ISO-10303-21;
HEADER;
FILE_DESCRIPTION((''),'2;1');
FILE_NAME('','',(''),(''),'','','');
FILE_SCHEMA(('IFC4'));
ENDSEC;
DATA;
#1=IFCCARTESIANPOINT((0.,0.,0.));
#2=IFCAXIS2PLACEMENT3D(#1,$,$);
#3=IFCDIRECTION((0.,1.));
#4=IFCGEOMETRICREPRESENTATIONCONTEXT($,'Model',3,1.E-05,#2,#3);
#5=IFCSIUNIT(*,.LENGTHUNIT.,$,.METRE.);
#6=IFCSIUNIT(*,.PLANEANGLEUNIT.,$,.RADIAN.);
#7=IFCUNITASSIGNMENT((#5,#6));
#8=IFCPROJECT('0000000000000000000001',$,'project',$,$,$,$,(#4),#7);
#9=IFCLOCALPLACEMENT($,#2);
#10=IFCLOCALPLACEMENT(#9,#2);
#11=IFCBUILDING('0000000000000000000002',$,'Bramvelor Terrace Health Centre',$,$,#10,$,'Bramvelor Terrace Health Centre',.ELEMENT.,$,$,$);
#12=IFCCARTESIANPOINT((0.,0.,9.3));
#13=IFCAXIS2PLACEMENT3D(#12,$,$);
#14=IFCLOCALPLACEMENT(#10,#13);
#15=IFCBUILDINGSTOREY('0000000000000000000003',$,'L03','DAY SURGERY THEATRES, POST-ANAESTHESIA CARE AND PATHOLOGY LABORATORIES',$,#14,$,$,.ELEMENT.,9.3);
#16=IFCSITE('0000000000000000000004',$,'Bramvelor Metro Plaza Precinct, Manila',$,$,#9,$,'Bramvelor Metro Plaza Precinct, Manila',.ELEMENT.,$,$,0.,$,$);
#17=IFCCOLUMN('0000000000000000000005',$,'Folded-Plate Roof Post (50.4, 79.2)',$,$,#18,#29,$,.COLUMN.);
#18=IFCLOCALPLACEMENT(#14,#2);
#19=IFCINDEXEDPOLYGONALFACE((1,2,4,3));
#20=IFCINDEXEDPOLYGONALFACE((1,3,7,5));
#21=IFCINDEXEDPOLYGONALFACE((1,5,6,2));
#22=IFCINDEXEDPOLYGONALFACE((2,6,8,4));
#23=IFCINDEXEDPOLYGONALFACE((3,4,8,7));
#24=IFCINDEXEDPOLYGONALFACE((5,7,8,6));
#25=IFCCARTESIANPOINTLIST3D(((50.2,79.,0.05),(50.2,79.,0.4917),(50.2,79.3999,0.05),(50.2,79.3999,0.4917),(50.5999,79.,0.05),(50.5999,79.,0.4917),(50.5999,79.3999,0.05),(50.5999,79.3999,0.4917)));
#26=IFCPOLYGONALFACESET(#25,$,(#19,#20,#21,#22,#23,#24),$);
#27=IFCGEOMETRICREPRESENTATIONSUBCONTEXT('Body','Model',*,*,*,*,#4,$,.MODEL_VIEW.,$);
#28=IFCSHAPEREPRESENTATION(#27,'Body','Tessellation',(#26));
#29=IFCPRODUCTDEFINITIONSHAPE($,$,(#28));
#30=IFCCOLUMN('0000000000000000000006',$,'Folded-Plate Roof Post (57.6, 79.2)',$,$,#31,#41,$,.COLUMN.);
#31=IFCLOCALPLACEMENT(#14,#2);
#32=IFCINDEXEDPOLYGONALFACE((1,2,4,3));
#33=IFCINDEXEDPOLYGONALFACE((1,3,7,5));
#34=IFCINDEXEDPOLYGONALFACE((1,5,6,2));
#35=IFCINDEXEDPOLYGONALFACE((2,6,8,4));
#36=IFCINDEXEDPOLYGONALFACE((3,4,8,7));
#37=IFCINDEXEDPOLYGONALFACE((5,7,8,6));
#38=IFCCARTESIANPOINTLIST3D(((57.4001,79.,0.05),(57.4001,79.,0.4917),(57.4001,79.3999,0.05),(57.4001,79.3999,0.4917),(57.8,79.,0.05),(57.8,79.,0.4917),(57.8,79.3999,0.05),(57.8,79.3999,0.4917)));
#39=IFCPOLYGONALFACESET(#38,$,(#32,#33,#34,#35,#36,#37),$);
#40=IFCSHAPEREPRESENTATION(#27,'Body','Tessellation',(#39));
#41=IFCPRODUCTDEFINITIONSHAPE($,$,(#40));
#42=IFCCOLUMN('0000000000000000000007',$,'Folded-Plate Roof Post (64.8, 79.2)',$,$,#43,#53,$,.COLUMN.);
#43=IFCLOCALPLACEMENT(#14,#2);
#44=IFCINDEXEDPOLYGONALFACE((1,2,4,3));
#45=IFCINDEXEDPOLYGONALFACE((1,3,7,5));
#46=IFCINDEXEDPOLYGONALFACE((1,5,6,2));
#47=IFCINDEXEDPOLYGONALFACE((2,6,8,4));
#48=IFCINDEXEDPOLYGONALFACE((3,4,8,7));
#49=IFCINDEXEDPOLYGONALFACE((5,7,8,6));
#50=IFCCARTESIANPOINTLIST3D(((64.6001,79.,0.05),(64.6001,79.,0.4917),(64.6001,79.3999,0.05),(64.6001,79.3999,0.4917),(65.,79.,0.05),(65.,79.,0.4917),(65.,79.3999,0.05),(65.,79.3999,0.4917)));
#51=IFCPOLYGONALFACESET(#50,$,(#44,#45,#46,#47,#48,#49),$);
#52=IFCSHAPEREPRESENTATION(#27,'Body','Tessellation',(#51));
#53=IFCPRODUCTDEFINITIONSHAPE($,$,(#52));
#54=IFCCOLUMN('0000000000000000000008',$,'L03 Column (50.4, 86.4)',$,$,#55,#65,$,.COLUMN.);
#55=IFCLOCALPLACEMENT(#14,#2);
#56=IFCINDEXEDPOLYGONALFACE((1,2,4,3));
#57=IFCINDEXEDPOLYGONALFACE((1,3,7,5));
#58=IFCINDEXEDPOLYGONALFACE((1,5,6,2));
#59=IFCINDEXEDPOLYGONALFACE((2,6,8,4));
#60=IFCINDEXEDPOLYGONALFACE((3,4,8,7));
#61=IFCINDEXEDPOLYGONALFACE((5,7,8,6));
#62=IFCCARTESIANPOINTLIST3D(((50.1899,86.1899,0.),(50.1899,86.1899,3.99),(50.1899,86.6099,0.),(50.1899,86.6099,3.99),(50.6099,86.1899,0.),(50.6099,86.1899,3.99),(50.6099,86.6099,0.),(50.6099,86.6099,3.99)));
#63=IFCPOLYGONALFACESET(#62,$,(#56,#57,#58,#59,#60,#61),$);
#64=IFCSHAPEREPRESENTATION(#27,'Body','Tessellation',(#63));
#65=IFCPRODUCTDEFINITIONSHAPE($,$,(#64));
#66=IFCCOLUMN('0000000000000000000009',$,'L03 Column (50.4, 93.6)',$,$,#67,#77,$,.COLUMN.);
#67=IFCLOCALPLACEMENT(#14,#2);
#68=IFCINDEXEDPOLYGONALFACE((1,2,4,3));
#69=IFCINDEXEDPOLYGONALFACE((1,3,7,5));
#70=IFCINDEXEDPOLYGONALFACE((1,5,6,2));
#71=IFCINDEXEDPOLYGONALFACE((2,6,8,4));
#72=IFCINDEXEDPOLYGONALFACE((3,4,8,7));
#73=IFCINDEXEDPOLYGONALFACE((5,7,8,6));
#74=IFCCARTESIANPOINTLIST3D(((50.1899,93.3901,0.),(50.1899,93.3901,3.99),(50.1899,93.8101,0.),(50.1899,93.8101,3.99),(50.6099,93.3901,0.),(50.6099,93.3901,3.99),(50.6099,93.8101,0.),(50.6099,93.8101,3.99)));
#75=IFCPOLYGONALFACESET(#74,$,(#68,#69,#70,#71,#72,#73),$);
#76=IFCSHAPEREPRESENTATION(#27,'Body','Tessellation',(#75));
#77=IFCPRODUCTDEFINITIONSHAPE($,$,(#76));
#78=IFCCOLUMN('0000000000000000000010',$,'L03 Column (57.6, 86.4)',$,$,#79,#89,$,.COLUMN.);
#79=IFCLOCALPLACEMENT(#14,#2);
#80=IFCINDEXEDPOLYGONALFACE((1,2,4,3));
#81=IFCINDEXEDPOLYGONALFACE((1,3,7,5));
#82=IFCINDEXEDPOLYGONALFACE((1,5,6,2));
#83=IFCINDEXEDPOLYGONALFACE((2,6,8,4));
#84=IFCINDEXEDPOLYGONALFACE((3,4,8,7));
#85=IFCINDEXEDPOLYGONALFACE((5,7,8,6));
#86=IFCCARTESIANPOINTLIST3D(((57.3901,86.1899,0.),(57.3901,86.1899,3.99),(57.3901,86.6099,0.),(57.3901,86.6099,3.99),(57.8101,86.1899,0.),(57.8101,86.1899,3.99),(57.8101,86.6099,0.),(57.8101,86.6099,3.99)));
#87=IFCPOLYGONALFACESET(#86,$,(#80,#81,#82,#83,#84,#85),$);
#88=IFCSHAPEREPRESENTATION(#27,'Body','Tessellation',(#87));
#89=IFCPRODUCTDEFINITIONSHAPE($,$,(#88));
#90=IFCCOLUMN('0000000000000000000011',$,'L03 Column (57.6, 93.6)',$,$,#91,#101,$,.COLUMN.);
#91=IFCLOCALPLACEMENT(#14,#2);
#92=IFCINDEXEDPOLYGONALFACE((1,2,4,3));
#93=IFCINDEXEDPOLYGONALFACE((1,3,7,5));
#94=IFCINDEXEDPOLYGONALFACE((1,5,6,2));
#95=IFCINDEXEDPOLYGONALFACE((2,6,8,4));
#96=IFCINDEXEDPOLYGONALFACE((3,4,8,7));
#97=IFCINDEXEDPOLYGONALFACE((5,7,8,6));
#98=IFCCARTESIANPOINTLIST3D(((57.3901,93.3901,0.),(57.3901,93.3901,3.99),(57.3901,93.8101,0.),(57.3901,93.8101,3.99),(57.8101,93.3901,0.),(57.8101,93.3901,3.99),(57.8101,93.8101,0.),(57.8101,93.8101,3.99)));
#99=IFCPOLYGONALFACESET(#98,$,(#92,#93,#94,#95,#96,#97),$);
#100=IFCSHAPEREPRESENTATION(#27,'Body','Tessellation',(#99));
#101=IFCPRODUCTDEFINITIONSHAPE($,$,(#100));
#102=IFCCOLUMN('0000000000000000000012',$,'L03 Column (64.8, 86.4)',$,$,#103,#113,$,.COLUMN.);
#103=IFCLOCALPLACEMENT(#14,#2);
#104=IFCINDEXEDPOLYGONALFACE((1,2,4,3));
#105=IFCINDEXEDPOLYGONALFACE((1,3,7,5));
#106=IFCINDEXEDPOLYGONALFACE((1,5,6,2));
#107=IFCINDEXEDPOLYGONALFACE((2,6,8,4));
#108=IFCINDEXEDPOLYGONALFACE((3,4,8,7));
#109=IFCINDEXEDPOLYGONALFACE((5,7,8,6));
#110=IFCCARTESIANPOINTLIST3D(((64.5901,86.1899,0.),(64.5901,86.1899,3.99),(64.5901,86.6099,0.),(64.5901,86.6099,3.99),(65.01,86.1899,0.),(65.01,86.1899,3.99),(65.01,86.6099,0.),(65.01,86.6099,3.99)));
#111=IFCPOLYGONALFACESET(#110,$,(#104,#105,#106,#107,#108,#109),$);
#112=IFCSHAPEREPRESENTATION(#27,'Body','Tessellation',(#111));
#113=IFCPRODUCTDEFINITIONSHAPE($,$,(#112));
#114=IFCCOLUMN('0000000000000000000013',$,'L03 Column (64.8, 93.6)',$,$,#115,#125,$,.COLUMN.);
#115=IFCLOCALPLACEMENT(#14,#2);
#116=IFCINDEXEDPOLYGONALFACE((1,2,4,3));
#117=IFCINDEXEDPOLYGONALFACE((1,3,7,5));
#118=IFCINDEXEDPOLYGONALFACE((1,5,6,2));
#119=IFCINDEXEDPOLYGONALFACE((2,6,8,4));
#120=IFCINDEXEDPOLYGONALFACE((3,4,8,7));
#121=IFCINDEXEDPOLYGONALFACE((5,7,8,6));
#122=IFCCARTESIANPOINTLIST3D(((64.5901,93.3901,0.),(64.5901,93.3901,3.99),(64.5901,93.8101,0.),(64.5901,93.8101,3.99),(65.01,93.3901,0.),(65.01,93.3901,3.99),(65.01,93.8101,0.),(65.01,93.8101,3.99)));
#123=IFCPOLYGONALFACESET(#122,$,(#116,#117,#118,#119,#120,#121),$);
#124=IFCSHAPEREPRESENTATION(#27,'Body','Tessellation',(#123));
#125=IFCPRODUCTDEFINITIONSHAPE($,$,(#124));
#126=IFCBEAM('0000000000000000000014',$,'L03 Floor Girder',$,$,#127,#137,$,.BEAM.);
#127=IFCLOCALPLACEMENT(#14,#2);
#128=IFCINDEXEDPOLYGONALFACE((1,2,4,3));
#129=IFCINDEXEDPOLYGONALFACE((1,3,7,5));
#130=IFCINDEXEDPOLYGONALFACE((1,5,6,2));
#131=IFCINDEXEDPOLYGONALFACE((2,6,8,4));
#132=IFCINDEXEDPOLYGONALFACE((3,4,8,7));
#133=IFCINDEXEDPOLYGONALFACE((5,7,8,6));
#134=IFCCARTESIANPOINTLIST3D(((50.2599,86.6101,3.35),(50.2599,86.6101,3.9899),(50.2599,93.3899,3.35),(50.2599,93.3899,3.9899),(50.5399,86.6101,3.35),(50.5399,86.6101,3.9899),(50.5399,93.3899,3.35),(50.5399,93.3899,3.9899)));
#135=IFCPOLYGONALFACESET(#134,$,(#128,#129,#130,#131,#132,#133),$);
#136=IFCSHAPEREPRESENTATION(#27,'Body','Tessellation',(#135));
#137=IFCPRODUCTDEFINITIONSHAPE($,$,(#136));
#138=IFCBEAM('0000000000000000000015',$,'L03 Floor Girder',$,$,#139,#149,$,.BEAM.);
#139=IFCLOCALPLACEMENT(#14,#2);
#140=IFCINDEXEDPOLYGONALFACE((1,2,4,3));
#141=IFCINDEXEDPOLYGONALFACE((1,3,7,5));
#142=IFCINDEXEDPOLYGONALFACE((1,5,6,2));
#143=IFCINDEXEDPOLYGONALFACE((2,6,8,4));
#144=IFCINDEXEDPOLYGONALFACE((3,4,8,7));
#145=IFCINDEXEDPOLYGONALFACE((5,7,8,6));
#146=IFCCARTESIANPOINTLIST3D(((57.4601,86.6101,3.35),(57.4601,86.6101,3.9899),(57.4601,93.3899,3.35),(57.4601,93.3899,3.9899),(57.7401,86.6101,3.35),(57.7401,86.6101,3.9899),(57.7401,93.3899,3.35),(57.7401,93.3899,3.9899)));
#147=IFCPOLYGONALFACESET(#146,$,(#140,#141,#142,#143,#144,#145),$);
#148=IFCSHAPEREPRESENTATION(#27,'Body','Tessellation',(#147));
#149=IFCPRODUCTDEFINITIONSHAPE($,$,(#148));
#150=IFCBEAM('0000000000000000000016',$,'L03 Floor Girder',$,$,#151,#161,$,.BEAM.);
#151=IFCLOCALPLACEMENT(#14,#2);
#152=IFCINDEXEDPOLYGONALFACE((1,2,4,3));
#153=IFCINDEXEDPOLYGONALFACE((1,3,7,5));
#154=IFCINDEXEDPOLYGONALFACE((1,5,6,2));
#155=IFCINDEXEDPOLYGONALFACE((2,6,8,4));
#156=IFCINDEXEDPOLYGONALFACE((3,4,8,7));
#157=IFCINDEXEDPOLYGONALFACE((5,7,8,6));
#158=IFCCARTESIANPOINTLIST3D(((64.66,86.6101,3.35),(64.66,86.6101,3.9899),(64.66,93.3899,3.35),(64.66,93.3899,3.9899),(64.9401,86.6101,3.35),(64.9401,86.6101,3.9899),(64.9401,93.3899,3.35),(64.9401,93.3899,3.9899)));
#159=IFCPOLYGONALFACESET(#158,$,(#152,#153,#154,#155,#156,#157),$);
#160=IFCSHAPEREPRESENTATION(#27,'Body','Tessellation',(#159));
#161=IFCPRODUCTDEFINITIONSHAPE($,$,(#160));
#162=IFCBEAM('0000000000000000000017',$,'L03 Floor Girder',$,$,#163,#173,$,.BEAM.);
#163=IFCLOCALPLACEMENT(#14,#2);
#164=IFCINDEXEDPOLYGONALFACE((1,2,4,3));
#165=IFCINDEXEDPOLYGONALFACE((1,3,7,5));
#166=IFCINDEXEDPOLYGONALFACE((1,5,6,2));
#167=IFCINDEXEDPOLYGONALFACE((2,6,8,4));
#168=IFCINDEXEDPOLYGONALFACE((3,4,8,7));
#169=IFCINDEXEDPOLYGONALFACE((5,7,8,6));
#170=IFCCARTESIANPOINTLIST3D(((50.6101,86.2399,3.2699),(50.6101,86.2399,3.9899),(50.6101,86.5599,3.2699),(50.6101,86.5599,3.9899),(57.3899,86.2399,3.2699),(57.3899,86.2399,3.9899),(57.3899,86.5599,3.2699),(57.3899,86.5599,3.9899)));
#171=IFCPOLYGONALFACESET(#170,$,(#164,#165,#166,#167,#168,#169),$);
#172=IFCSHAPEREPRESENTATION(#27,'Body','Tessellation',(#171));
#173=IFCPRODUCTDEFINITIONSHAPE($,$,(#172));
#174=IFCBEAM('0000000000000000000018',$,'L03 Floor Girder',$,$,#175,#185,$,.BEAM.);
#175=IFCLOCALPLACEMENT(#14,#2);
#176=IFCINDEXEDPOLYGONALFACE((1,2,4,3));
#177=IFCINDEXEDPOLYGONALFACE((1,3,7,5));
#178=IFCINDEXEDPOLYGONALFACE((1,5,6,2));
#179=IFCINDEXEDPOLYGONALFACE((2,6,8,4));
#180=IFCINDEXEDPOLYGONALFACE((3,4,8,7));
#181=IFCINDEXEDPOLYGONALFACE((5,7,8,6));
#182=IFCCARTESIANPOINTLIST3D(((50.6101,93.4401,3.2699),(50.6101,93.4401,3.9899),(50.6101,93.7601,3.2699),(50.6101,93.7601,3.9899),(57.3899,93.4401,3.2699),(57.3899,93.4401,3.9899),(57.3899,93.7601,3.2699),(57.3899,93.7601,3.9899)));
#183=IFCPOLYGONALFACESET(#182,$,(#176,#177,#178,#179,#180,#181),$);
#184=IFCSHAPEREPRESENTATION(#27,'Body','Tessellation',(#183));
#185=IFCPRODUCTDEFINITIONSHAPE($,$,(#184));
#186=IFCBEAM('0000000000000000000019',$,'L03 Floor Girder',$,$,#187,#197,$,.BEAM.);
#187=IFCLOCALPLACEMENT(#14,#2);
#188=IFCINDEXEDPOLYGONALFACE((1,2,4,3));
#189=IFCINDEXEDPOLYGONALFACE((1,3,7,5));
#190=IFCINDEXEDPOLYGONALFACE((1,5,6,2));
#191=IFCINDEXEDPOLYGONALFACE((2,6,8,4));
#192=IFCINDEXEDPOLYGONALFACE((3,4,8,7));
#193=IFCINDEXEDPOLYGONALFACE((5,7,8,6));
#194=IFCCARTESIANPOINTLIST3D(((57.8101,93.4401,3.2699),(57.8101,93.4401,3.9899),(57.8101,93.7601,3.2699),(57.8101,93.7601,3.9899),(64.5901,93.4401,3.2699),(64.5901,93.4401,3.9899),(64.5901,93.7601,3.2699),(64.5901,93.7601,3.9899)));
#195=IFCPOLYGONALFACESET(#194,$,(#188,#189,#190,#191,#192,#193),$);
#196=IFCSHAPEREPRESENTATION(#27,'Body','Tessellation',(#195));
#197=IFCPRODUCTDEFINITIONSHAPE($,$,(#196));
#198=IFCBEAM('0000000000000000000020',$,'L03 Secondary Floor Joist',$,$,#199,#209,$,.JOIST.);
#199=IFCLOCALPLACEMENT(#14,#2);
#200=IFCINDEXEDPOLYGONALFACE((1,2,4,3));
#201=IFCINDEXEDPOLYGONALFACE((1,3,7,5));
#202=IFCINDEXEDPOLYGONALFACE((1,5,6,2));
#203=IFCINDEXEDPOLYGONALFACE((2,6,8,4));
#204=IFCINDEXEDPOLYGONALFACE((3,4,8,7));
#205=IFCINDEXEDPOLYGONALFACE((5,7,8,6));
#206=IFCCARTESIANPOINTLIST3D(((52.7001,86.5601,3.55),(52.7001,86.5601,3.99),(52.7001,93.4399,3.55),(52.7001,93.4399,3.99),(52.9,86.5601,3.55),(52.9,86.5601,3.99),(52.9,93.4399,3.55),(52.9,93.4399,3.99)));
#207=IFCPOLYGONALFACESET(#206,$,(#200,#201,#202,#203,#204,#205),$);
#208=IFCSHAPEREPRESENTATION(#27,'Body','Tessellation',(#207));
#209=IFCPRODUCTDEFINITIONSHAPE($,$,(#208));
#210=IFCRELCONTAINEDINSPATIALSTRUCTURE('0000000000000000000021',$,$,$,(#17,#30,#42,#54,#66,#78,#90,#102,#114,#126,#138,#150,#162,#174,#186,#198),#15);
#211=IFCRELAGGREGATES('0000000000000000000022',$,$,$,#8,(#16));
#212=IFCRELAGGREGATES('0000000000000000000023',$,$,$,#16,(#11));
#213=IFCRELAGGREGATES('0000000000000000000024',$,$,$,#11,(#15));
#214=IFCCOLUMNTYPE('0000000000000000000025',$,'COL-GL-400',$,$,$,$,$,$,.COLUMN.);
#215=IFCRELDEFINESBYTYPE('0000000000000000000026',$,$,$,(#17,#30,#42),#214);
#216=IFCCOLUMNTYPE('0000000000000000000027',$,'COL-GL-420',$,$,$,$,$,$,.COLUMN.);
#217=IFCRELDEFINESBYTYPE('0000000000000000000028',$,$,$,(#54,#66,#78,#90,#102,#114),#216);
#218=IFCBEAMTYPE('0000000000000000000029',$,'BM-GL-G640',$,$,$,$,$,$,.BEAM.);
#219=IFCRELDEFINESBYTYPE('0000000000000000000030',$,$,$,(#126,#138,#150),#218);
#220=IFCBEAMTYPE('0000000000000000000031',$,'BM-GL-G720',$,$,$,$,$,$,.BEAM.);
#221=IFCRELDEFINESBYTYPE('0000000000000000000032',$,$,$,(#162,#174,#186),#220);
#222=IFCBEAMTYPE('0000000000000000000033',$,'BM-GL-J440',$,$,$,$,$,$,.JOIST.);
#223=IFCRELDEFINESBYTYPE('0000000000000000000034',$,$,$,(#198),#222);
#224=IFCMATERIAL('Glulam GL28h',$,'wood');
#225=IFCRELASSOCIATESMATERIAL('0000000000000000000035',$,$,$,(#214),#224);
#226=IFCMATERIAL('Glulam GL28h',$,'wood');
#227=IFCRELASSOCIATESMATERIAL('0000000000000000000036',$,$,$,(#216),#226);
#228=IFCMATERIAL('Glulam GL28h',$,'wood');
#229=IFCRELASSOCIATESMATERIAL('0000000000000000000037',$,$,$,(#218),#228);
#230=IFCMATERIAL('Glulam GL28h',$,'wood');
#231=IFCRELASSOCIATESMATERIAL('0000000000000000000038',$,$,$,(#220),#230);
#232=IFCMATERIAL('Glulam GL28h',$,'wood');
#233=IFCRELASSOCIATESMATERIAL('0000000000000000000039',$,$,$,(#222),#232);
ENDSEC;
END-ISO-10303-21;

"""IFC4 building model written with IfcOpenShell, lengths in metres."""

from ifc_helpers import new_model, si_unit, direction, frame, origin, origin_2d, place, context, subcontext, project, spatial, rectangle, extrude, material, material_profile, profile_set, type_object, element, save


model = new_model("IFC4")

# Units and contexts
model_context = context("Model", 3, precision=1e-05, world=origin(), true_north=direction((0.0, 1.0)))
body_context = subcontext(model_context, "Body", "Model", "MODEL_VIEW")
ifc_project = project(units=[si_unit("LENGTHUNIT", "METRE"), si_unit("PLANEANGLEUNIT", "RADIAN")], contexts=[model_context])

# Site, building, storey
site_placement = place(None, origin())
site = spatial("IfcSite", under=ifc_project, at=site_placement, Name="Bramvelor Metro Plaza Precinct, Manila", LongName="Bramvelor Metro Plaza Precinct, Manila", CompositionType="ELEMENT", RefElevation=0.0)
building_placement = place(site_placement, origin())
building = spatial("IfcBuilding", under=site, at=building_placement, Name="Bramvelor Terrace Health Centre", LongName="Bramvelor Terrace Health Centre", CompositionType="ELEMENT")
storey_placement = place(building_placement, frame((0.0, 0.0, 9.3)))
storey = spatial("IfcBuildingStorey", under=building, at=storey_placement, Name="L03", Description="DAY SURGERY THEATRES, POST-ANAESTHESIA CARE AND PATHOLOGY LABORATORIES", CompositionType="ELEMENT", Elevation=9.3)

# Columns
ifc_material_1 = material(Name="Glulam GL28h", Category="wood")
ifc_material_profile_1 = material_profile(ifc_material_1, rectangle(XDim=0.3999, YDim=0.3999, at=origin_2d()), Name="GL 400x400")
ifc_profile_set_1 = profile_set([ifc_material_profile_1], Name="Glulam GL28h")
column_type_1 = type_object("IfcColumnType", Name="COL-GL-400", PredefinedType="COLUMN", material=ifc_profile_set_1)
for number, where, z_axis, x_axis, name in (
    (1, (50.3999, 79.2, 0.05), (0.0, 0.0, 1.0), (1.0, 0.0, 0.0), "Folded-Plate Roof Post (50.4, 79.2)"),
    (2, (57.6001, 79.2, 0.05), (0.0, 0.0, 1.0), (1.0, 0.0, 0.0), "Folded-Plate Roof Post (57.6, 79.2)"),
    (3, (64.8, 79.2, 0.05), (0.0, 0.0, 1.0), (1.0, 0.0, 0.0), "Folded-Plate Roof Post (64.8, 79.2)"),
):
    element("IfcColumn", number, at=place(storey_placement, frame(where, z_axis=z_axis, x_axis=x_axis)), inside=storey, type_object=column_type_1, Name=name, PredefinedType="COLUMN", context=body_context, shape_type="SweptSolid", body=[
        extrude(rectangle(XDim=0.3999, YDim=0.3999, at=origin_2d()), origin(), (0.0, 0.0, 1.0), 0.4417),
    ])
ifc_material_2 = material(Name="Glulam GL28h", Category="wood")
ifc_material_profile_2 = material_profile(ifc_material_2, rectangle(XDim=0.4199, YDim=0.4199, at=origin_2d()), Name="GL 420x420")
ifc_profile_set_2 = profile_set([ifc_material_profile_2], Name="Glulam GL28h")
column_type_2 = type_object("IfcColumnType", Name="COL-GL-420", PredefinedType="COLUMN", material=ifc_profile_set_2)
for number, where, z_axis, x_axis, name in (
    (4, (50.3999, 86.3999, 0.0), (0.0, 0.0, 1.0), (1.0, 0.0, 0.0), "L03 Column (50.4, 86.4)"),
    (5, (50.3999, 93.6001, 0.0), (0.0, 0.0, 1.0), (1.0, 0.0, 0.0), "L03 Column (50.4, 93.6)"),
    (6, (57.6001, 86.3999, 0.0), (0.0, 0.0, 1.0), (1.0, 0.0, 0.0), "L03 Column (57.6, 86.4)"),
    (7, (57.6001, 93.6001, 0.0), (0.0, 0.0, 1.0), (1.0, 0.0, 0.0), "L03 Column (57.6, 93.6)"),
    (8, (64.8, 86.3999, 0.0), (0.0, 0.0, 1.0), (1.0, 0.0, 0.0), "L03 Column (64.8, 86.4)"),
    (9, (64.8, 93.6001, 0.0), (0.0, 0.0, 1.0), (1.0, 0.0, 0.0), "L03 Column (64.8, 93.6)"),
):
    element("IfcColumn", number, at=place(storey_placement, frame(where, z_axis=z_axis, x_axis=x_axis)), inside=storey, type_object=column_type_2, Name=name, PredefinedType="COLUMN", context=body_context, shape_type="SweptSolid", body=[
        extrude(rectangle(XDim=0.4199, YDim=0.4199, at=origin_2d()), origin(), (0.0, 0.0, 1.0), 3.99),
    ])

# Beams
ifc_material_3 = material(Name="Glulam GL28h", Category="wood")
ifc_material_profile_3 = material_profile(ifc_material_3, rectangle(XDim=0.28, YDim=0.6399, at=origin_2d()), Name="GL 280x640")
ifc_profile_set_3 = profile_set([ifc_material_profile_3], Name="Glulam GL28h")
beam_type_1 = type_object("IfcBeamType", Name="BM-GL-G640", PredefinedType="BEAM", material=ifc_profile_set_3)
for number, where, z_axis, x_axis, name in (
    (10, (50.3999, 86.6101, 3.6699), (0.0, 1.0, 0.0), (-1.0, 0.0, 0.0), "L03 Floor Girder"),
    (11, (57.6001, 86.6101, 3.6699), (0.0, 1.0, 0.0), (-1.0, 0.0, 0.0), "L03 Floor Girder"),
    (12, (64.8, 86.6101, 3.6699), (0.0, 1.0, 0.0), (-1.0, 0.0, 0.0), "L03 Floor Girder"),
):
    element("IfcBeam", number, at=place(storey_placement, frame(where, z_axis=z_axis, x_axis=x_axis)), inside=storey, type_object=beam_type_1, Name=name, PredefinedType="BEAM", context=body_context, shape_type="SweptSolid", body=[
        extrude(rectangle(XDim=0.28, YDim=0.6399, at=origin_2d()), origin(), (0.0, 0.0, 1.0), 6.7798),
    ])
ifc_material_4 = material(Name="Glulam GL28h", Category="wood")
ifc_material_profile_4 = material_profile(ifc_material_4, rectangle(XDim=0.3201, YDim=0.72, at=origin_2d()), Name="GL 320x720")
ifc_profile_set_4 = profile_set([ifc_material_profile_4], Name="Glulam GL28h")
beam_type_2 = type_object("IfcBeamType", Name="BM-GL-G720", PredefinedType="BEAM", material=ifc_profile_set_4)
for number, where, z_axis, x_axis, name in (
    (13, (50.6101, 86.3999, 3.6299), (1.0, 0.0, 0.0), (0.0, 1.0, 0.0), "L03 Floor Girder"),
    (14, (50.6101, 93.6001, 3.6299), (1.0, 0.0, 0.0), (0.0, 1.0, 0.0), "L03 Floor Girder"),
):
    element("IfcBeam", number, at=place(storey_placement, frame(where, z_axis=z_axis, x_axis=x_axis)), inside=storey, type_object=beam_type_2, Name=name, PredefinedType="BEAM", context=body_context, shape_type="SweptSolid", body=[
        extrude(rectangle(XDim=0.3201, YDim=0.72, at=origin_2d()), origin(), (0.0, 0.0, 1.0), 6.7798),
    ])
beam_placement = place(storey_placement, frame((57.8101, 93.6001, 3.6299), z_axis=(1.0, 0.0, 0.0), x_axis=(0.0, 1.0, 0.0)))
element("IfcBeam", 15, at=beam_placement, inside=storey, type_object=beam_type_2, Name="L03 Floor Girder", PredefinedType="BEAM", context=body_context, shape_type="SweptSolid", body=[
    extrude(rectangle(XDim=0.3201, YDim=0.72, at=origin_2d()), origin(), (0.0, 0.0, 1.0), 6.78),
])
ifc_material_5 = material(Name="Glulam GL28h", Category="wood")
ifc_material_profile_5 = material_profile(ifc_material_5, rectangle(XDim=0.2, YDim=0.4399, at=origin_2d()), Name="GL 200x440")
ifc_profile_set_5 = profile_set([ifc_material_profile_5], Name="Glulam GL28h")
beam_type_3 = type_object("IfcBeamType", Name="BM-GL-J440", PredefinedType="JOIST", material=ifc_profile_set_5)
for number, where, z_axis, x_axis, name in (
    (16, (52.8, 86.5601, 3.77), (0.0, 1.0, 0.0), (-1.0, 0.0, 0.0), "L03 Secondary Floor Joist"),
):
    element("IfcBeam", number, at=place(storey_placement, frame(where, z_axis=z_axis, x_axis=x_axis)), inside=storey, type_object=beam_type_3, Name=name, PredefinedType="JOIST", context=body_context, shape_type="SweptSolid", body=[
        extrude(rectangle(XDim=0.2, YDim=0.4399, at=origin_2d()), origin(), (0.0, 0.0, 1.0), 6.8799),
    ])

save(model, "model.ifc")
